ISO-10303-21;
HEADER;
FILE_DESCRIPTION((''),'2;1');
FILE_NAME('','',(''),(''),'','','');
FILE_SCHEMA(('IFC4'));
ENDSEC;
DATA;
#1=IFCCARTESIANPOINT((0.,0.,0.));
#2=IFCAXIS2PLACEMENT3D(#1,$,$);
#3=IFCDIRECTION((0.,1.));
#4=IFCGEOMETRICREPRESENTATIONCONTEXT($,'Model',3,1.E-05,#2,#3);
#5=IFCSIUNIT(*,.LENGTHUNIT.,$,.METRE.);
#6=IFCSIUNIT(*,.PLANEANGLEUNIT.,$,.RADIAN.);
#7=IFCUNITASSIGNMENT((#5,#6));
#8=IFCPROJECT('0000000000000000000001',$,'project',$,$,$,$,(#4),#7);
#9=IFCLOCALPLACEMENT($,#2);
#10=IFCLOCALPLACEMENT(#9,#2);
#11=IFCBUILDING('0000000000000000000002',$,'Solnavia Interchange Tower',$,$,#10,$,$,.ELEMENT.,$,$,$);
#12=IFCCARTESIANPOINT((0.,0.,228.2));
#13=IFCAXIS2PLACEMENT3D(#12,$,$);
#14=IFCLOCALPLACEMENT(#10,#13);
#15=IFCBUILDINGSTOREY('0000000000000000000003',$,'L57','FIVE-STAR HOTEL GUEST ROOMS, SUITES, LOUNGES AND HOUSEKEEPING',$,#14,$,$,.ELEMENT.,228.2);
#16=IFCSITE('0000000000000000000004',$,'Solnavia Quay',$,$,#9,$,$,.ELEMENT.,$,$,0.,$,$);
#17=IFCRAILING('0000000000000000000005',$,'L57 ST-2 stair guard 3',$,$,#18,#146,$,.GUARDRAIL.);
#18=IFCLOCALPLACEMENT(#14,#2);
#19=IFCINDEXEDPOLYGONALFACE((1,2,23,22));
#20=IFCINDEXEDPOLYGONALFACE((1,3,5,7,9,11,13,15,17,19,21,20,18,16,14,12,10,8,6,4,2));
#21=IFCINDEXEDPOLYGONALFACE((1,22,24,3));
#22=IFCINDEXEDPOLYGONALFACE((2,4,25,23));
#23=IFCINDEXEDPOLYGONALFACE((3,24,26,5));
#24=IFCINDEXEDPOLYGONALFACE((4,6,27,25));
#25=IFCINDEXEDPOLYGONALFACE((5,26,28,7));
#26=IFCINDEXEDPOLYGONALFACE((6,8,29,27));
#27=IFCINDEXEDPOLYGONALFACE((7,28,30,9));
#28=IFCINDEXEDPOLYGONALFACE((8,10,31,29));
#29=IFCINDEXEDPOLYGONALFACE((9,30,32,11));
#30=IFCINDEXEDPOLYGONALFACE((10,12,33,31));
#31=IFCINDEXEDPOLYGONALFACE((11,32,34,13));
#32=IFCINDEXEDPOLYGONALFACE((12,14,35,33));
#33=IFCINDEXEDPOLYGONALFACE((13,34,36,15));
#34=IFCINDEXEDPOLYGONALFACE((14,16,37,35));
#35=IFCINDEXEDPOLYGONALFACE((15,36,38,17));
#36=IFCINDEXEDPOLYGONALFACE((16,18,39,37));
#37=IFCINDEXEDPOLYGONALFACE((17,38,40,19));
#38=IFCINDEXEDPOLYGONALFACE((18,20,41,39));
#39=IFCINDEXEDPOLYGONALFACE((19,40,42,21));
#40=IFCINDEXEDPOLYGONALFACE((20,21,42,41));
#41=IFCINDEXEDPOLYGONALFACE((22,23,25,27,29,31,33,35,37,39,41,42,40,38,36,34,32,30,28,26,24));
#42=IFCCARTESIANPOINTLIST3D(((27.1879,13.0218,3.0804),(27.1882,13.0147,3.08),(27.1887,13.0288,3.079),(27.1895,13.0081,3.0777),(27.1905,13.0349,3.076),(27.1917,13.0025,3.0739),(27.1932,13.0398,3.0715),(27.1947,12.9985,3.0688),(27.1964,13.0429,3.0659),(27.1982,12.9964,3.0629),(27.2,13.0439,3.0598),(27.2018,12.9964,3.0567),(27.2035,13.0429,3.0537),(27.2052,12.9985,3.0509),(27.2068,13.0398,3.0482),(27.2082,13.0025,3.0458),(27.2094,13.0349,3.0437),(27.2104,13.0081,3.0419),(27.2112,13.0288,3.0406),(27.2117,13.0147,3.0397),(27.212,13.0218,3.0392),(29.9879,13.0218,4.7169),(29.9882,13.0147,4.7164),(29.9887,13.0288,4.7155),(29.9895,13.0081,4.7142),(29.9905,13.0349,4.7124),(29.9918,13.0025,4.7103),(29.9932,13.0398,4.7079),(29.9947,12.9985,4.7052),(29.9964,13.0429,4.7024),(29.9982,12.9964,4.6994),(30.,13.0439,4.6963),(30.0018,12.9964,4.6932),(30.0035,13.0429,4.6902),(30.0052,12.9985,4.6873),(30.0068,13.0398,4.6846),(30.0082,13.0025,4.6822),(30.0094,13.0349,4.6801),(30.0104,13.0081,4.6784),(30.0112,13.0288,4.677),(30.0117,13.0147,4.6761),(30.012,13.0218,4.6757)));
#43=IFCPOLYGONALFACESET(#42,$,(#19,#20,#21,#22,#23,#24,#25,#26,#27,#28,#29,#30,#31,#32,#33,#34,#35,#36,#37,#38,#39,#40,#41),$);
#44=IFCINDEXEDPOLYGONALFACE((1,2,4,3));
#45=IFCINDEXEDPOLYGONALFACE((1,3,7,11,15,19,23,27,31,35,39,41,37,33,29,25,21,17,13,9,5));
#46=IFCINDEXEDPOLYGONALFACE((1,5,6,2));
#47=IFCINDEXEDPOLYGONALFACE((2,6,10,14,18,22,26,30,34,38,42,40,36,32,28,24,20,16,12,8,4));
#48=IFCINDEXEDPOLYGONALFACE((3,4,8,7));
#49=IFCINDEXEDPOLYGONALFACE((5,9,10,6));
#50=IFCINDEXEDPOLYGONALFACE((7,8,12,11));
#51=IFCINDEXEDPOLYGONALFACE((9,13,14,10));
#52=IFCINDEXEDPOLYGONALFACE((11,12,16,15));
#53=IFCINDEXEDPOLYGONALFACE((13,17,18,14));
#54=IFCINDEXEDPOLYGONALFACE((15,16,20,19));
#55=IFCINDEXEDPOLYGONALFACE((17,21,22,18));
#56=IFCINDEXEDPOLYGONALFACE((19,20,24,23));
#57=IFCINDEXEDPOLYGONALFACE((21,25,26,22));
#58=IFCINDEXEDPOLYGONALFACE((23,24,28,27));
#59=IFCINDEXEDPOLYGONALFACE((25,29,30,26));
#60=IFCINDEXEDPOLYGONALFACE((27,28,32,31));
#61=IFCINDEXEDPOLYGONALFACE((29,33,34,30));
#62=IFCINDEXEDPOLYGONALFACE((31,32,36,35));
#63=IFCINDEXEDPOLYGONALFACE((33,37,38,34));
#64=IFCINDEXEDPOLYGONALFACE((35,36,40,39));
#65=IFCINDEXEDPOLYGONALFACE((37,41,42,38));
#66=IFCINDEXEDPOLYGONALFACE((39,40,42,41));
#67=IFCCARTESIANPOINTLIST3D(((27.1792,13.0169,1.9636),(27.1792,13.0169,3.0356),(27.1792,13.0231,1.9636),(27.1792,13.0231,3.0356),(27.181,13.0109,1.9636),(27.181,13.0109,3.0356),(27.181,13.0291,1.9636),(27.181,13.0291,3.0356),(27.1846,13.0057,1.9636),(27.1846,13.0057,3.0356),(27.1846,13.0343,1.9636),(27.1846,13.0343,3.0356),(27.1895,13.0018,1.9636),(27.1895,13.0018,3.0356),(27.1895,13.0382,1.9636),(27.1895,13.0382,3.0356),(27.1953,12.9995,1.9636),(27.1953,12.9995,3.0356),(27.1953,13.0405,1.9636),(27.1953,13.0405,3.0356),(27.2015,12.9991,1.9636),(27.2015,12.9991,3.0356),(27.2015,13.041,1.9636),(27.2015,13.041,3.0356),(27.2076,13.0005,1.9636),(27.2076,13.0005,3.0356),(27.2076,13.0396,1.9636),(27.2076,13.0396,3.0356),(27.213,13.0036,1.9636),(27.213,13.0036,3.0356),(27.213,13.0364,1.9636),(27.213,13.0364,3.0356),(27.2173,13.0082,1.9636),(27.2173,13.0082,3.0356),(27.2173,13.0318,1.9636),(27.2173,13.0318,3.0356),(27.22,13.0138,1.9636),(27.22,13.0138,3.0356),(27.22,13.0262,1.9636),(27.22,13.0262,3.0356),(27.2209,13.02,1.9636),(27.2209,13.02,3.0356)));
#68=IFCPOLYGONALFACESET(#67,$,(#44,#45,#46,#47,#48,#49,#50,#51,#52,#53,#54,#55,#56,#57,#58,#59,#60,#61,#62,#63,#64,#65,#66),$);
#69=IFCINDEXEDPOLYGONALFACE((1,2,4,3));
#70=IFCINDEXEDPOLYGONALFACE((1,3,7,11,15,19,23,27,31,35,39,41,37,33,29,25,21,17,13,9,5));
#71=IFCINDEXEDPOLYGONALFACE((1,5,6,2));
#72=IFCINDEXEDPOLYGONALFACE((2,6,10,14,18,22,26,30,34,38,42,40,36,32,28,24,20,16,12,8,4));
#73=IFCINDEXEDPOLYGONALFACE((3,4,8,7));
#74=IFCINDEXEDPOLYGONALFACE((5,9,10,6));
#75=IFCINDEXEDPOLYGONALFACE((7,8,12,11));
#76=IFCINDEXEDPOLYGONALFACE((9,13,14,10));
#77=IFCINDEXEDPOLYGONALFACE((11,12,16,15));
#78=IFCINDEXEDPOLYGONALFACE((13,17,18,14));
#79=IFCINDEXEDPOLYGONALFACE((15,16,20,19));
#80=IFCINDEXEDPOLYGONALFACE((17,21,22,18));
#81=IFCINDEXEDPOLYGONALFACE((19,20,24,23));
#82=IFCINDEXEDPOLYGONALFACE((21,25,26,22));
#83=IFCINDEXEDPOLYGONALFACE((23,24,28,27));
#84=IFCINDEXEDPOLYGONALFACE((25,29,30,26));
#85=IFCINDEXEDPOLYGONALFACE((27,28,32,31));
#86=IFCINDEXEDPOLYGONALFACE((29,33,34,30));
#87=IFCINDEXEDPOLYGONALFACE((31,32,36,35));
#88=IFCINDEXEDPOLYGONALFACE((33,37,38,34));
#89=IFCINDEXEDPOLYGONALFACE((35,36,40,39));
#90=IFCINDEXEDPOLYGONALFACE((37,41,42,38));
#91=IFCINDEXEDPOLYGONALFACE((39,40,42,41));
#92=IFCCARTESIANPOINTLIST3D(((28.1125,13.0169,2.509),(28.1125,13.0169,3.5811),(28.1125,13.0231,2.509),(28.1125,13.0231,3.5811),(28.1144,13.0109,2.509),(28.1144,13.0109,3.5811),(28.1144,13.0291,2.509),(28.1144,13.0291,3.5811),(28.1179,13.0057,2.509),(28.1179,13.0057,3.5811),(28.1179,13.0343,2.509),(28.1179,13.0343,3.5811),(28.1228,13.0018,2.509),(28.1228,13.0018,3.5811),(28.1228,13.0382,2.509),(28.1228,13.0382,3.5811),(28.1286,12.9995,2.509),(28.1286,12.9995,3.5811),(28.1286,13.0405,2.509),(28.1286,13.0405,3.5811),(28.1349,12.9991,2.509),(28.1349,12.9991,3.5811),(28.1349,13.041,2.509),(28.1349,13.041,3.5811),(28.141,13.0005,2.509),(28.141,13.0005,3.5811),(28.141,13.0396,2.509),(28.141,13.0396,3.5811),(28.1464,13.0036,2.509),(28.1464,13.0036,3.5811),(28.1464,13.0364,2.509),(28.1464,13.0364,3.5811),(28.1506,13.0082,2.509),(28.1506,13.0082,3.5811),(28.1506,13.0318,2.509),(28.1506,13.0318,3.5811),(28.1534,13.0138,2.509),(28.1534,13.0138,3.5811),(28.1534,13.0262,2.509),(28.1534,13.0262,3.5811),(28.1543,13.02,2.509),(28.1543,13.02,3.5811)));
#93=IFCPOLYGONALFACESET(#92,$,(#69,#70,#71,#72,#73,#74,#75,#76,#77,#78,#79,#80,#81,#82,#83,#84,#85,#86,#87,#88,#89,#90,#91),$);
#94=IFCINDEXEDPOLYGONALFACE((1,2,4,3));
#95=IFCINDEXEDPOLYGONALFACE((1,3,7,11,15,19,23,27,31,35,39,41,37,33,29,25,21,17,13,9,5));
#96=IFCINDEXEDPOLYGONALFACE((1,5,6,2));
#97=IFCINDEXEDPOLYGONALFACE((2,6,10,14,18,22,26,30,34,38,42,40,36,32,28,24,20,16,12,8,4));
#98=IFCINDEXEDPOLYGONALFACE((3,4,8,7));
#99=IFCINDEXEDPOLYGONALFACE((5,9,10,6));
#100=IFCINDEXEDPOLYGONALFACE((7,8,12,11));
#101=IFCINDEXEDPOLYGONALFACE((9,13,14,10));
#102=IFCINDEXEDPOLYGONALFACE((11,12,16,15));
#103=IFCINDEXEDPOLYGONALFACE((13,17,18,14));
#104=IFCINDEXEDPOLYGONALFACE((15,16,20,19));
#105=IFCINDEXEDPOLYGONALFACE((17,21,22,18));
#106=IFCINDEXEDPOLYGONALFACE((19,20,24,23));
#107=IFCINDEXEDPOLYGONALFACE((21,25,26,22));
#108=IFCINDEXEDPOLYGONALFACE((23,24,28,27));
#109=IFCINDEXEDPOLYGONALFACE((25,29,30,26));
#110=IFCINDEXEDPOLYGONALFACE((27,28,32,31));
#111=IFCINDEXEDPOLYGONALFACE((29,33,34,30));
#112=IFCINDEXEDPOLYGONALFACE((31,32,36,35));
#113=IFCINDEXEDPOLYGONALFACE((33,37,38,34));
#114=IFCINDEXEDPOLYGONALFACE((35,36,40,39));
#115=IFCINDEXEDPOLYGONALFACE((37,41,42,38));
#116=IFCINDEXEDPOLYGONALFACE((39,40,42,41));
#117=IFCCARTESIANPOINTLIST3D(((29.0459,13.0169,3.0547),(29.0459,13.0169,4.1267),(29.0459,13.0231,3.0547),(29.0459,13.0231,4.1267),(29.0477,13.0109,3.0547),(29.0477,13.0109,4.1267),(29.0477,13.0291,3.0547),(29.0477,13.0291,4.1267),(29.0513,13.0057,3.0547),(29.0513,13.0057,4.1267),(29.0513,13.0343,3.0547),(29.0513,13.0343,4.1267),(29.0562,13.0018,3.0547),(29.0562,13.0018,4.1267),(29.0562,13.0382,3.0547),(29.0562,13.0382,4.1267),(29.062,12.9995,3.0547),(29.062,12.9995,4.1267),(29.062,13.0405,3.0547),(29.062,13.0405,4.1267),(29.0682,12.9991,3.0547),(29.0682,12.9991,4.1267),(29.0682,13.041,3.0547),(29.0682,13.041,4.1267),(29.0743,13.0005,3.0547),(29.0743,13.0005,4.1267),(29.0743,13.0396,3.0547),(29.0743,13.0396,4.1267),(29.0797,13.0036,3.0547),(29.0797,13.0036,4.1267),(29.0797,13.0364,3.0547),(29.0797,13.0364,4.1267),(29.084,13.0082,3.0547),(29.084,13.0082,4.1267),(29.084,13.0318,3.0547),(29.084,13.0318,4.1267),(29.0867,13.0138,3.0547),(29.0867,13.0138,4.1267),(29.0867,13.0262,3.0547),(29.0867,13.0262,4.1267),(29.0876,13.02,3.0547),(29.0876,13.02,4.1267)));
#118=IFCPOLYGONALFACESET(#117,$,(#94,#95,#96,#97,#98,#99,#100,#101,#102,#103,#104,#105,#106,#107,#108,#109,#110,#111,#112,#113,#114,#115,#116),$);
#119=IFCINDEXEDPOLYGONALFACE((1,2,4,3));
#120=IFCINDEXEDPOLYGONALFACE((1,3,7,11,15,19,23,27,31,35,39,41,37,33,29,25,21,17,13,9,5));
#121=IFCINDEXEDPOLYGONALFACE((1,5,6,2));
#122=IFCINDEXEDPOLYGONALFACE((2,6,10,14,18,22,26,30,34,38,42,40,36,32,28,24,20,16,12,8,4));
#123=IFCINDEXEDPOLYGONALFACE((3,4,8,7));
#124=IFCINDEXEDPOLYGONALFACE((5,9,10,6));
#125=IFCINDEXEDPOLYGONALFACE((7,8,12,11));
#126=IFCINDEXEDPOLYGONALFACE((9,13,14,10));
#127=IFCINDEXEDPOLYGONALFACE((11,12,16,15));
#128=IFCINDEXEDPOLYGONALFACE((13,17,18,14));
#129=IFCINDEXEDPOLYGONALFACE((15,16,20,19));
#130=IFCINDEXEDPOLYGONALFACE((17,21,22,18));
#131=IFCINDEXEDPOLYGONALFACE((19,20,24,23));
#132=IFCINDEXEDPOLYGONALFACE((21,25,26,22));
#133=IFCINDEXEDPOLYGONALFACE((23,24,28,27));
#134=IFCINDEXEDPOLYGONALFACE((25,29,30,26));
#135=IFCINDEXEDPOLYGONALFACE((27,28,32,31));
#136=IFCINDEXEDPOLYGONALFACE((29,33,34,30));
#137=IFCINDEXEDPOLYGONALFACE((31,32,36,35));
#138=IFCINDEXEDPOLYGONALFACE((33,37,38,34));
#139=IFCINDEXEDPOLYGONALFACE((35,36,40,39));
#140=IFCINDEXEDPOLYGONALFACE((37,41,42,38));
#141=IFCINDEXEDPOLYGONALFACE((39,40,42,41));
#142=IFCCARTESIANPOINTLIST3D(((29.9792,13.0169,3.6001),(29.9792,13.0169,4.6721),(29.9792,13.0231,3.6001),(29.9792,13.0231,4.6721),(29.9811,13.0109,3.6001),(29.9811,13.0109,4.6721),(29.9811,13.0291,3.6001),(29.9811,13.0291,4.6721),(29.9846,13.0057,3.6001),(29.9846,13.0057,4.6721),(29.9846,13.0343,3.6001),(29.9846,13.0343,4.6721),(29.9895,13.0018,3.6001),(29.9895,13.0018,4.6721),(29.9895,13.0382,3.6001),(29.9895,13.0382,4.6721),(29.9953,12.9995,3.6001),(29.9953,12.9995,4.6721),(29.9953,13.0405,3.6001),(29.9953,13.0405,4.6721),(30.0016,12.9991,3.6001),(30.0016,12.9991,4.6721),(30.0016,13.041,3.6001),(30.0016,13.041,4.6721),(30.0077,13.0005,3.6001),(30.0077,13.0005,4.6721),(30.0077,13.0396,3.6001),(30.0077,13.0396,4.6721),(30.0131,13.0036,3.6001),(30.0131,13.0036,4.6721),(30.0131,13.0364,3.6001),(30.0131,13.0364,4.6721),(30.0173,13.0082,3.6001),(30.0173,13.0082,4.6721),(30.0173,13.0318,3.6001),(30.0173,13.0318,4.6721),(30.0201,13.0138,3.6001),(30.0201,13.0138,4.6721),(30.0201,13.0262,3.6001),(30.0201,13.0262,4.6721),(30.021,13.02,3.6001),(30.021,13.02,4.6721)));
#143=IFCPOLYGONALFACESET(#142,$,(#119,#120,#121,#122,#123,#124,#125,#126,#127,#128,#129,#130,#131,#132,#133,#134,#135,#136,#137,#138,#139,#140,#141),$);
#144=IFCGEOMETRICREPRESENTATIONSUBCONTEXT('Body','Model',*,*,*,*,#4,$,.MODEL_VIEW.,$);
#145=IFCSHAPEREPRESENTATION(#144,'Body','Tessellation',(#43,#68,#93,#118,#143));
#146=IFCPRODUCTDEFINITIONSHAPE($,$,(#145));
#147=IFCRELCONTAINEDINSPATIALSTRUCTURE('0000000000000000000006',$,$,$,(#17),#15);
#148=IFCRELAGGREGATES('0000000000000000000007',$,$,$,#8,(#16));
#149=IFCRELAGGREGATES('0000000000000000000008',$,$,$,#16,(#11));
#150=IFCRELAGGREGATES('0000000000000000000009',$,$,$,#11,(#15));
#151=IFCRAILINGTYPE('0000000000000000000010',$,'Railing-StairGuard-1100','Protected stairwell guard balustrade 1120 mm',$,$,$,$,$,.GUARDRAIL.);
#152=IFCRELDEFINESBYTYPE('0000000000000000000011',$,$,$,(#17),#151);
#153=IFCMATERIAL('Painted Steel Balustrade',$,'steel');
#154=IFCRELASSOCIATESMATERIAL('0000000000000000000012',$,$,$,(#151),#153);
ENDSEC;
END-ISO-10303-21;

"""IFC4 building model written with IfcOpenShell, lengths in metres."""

from ifc_helpers import new_model, si_unit, direction, frame, origin, origin_2d, place, context, subcontext, project, spatial, circle, extrude, material, type_object, element, save


model = new_model("IFC4")

# Units and contexts
model_context = context("Model", 3, precision=1e-05, world=origin(), true_north=direction((0.0, 1.0)))
body_context = subcontext(model_context, "Body", "Model", "MODEL_VIEW")
ifc_project = project(units=[si_unit("LENGTHUNIT", "METRE"), si_unit("PLANEANGLEUNIT", "RADIAN")], contexts=[model_context])

# Site, building, storey
site_placement = place(None, origin())
site = spatial("IfcSite", under=ifc_project, at=site_placement, Name="Solnavia Quay", CompositionType="ELEMENT", RefElevation=0.0)
building_placement = place(site_placement, origin())
building = spatial("IfcBuilding", under=site, at=building_placement, Name="Solnavia Interchange Tower", CompositionType="ELEMENT")
storey_placement = place(building_placement, frame((0.0, 0.0, 228.2)))
storey = spatial("IfcBuildingStorey", under=building, at=storey_placement, Name="L57", Description="FIVE-STAR HOTEL GUEST ROOMS, SUITES, LOUNGES AND HOUSEKEEPING", CompositionType="ELEMENT", Elevation=228.2)

# Railing
ifc_material_1 = material(Name="Painted Steel Balustrade", Category="steel")
railing_type_1 = type_object("IfcRailingType", Name="Railing-StairGuard-1100", Description="Protected stairwell guard balustrade 1120 mm", PredefinedType="GUARDRAIL", material=ifc_material_1)
railing_1_placement = place(storey_placement, frame((27.2, 13.02, 1.9636)))
element("IfcRailing", 1, at=railing_1_placement, inside=storey, type_object=railing_type_1, Name="L57 ST-2 stair guard 3", PredefinedType="GUARDRAIL", context=body_context, shape_type="SweptSolid", body=[
    extrude(circle(Radius=0.0239, at=origin_2d()), frame((0.0, 0.0, 1.0962), z_axis=(0.863361, 0.0, 0.504587), x_axis=(0.0, 1.0, 0.0)), (0.0, 0.0, 1.0), 3.2432),
    extrude(circle(Radius=0.021, at=origin_2d()), origin(), (0.0, 0.0, 1.0), 1.072),
    extrude(circle(Radius=0.021, at=origin_2d()), frame((0.9333, 0.0, 0.5454)), (0.0, 0.0, 1.0), 1.072),
    extrude(circle(Radius=0.021, at=origin_2d()), frame((1.8667, 0.0, 1.0911)), (0.0, 0.0, 1.0), 1.072),
    extrude(circle(Radius=0.021, at=origin_2d()), frame((2.8, 0.0, 1.6365)), (0.0, 0.0, 1.0), 1.072),
])

save(model, "model.ifc")
